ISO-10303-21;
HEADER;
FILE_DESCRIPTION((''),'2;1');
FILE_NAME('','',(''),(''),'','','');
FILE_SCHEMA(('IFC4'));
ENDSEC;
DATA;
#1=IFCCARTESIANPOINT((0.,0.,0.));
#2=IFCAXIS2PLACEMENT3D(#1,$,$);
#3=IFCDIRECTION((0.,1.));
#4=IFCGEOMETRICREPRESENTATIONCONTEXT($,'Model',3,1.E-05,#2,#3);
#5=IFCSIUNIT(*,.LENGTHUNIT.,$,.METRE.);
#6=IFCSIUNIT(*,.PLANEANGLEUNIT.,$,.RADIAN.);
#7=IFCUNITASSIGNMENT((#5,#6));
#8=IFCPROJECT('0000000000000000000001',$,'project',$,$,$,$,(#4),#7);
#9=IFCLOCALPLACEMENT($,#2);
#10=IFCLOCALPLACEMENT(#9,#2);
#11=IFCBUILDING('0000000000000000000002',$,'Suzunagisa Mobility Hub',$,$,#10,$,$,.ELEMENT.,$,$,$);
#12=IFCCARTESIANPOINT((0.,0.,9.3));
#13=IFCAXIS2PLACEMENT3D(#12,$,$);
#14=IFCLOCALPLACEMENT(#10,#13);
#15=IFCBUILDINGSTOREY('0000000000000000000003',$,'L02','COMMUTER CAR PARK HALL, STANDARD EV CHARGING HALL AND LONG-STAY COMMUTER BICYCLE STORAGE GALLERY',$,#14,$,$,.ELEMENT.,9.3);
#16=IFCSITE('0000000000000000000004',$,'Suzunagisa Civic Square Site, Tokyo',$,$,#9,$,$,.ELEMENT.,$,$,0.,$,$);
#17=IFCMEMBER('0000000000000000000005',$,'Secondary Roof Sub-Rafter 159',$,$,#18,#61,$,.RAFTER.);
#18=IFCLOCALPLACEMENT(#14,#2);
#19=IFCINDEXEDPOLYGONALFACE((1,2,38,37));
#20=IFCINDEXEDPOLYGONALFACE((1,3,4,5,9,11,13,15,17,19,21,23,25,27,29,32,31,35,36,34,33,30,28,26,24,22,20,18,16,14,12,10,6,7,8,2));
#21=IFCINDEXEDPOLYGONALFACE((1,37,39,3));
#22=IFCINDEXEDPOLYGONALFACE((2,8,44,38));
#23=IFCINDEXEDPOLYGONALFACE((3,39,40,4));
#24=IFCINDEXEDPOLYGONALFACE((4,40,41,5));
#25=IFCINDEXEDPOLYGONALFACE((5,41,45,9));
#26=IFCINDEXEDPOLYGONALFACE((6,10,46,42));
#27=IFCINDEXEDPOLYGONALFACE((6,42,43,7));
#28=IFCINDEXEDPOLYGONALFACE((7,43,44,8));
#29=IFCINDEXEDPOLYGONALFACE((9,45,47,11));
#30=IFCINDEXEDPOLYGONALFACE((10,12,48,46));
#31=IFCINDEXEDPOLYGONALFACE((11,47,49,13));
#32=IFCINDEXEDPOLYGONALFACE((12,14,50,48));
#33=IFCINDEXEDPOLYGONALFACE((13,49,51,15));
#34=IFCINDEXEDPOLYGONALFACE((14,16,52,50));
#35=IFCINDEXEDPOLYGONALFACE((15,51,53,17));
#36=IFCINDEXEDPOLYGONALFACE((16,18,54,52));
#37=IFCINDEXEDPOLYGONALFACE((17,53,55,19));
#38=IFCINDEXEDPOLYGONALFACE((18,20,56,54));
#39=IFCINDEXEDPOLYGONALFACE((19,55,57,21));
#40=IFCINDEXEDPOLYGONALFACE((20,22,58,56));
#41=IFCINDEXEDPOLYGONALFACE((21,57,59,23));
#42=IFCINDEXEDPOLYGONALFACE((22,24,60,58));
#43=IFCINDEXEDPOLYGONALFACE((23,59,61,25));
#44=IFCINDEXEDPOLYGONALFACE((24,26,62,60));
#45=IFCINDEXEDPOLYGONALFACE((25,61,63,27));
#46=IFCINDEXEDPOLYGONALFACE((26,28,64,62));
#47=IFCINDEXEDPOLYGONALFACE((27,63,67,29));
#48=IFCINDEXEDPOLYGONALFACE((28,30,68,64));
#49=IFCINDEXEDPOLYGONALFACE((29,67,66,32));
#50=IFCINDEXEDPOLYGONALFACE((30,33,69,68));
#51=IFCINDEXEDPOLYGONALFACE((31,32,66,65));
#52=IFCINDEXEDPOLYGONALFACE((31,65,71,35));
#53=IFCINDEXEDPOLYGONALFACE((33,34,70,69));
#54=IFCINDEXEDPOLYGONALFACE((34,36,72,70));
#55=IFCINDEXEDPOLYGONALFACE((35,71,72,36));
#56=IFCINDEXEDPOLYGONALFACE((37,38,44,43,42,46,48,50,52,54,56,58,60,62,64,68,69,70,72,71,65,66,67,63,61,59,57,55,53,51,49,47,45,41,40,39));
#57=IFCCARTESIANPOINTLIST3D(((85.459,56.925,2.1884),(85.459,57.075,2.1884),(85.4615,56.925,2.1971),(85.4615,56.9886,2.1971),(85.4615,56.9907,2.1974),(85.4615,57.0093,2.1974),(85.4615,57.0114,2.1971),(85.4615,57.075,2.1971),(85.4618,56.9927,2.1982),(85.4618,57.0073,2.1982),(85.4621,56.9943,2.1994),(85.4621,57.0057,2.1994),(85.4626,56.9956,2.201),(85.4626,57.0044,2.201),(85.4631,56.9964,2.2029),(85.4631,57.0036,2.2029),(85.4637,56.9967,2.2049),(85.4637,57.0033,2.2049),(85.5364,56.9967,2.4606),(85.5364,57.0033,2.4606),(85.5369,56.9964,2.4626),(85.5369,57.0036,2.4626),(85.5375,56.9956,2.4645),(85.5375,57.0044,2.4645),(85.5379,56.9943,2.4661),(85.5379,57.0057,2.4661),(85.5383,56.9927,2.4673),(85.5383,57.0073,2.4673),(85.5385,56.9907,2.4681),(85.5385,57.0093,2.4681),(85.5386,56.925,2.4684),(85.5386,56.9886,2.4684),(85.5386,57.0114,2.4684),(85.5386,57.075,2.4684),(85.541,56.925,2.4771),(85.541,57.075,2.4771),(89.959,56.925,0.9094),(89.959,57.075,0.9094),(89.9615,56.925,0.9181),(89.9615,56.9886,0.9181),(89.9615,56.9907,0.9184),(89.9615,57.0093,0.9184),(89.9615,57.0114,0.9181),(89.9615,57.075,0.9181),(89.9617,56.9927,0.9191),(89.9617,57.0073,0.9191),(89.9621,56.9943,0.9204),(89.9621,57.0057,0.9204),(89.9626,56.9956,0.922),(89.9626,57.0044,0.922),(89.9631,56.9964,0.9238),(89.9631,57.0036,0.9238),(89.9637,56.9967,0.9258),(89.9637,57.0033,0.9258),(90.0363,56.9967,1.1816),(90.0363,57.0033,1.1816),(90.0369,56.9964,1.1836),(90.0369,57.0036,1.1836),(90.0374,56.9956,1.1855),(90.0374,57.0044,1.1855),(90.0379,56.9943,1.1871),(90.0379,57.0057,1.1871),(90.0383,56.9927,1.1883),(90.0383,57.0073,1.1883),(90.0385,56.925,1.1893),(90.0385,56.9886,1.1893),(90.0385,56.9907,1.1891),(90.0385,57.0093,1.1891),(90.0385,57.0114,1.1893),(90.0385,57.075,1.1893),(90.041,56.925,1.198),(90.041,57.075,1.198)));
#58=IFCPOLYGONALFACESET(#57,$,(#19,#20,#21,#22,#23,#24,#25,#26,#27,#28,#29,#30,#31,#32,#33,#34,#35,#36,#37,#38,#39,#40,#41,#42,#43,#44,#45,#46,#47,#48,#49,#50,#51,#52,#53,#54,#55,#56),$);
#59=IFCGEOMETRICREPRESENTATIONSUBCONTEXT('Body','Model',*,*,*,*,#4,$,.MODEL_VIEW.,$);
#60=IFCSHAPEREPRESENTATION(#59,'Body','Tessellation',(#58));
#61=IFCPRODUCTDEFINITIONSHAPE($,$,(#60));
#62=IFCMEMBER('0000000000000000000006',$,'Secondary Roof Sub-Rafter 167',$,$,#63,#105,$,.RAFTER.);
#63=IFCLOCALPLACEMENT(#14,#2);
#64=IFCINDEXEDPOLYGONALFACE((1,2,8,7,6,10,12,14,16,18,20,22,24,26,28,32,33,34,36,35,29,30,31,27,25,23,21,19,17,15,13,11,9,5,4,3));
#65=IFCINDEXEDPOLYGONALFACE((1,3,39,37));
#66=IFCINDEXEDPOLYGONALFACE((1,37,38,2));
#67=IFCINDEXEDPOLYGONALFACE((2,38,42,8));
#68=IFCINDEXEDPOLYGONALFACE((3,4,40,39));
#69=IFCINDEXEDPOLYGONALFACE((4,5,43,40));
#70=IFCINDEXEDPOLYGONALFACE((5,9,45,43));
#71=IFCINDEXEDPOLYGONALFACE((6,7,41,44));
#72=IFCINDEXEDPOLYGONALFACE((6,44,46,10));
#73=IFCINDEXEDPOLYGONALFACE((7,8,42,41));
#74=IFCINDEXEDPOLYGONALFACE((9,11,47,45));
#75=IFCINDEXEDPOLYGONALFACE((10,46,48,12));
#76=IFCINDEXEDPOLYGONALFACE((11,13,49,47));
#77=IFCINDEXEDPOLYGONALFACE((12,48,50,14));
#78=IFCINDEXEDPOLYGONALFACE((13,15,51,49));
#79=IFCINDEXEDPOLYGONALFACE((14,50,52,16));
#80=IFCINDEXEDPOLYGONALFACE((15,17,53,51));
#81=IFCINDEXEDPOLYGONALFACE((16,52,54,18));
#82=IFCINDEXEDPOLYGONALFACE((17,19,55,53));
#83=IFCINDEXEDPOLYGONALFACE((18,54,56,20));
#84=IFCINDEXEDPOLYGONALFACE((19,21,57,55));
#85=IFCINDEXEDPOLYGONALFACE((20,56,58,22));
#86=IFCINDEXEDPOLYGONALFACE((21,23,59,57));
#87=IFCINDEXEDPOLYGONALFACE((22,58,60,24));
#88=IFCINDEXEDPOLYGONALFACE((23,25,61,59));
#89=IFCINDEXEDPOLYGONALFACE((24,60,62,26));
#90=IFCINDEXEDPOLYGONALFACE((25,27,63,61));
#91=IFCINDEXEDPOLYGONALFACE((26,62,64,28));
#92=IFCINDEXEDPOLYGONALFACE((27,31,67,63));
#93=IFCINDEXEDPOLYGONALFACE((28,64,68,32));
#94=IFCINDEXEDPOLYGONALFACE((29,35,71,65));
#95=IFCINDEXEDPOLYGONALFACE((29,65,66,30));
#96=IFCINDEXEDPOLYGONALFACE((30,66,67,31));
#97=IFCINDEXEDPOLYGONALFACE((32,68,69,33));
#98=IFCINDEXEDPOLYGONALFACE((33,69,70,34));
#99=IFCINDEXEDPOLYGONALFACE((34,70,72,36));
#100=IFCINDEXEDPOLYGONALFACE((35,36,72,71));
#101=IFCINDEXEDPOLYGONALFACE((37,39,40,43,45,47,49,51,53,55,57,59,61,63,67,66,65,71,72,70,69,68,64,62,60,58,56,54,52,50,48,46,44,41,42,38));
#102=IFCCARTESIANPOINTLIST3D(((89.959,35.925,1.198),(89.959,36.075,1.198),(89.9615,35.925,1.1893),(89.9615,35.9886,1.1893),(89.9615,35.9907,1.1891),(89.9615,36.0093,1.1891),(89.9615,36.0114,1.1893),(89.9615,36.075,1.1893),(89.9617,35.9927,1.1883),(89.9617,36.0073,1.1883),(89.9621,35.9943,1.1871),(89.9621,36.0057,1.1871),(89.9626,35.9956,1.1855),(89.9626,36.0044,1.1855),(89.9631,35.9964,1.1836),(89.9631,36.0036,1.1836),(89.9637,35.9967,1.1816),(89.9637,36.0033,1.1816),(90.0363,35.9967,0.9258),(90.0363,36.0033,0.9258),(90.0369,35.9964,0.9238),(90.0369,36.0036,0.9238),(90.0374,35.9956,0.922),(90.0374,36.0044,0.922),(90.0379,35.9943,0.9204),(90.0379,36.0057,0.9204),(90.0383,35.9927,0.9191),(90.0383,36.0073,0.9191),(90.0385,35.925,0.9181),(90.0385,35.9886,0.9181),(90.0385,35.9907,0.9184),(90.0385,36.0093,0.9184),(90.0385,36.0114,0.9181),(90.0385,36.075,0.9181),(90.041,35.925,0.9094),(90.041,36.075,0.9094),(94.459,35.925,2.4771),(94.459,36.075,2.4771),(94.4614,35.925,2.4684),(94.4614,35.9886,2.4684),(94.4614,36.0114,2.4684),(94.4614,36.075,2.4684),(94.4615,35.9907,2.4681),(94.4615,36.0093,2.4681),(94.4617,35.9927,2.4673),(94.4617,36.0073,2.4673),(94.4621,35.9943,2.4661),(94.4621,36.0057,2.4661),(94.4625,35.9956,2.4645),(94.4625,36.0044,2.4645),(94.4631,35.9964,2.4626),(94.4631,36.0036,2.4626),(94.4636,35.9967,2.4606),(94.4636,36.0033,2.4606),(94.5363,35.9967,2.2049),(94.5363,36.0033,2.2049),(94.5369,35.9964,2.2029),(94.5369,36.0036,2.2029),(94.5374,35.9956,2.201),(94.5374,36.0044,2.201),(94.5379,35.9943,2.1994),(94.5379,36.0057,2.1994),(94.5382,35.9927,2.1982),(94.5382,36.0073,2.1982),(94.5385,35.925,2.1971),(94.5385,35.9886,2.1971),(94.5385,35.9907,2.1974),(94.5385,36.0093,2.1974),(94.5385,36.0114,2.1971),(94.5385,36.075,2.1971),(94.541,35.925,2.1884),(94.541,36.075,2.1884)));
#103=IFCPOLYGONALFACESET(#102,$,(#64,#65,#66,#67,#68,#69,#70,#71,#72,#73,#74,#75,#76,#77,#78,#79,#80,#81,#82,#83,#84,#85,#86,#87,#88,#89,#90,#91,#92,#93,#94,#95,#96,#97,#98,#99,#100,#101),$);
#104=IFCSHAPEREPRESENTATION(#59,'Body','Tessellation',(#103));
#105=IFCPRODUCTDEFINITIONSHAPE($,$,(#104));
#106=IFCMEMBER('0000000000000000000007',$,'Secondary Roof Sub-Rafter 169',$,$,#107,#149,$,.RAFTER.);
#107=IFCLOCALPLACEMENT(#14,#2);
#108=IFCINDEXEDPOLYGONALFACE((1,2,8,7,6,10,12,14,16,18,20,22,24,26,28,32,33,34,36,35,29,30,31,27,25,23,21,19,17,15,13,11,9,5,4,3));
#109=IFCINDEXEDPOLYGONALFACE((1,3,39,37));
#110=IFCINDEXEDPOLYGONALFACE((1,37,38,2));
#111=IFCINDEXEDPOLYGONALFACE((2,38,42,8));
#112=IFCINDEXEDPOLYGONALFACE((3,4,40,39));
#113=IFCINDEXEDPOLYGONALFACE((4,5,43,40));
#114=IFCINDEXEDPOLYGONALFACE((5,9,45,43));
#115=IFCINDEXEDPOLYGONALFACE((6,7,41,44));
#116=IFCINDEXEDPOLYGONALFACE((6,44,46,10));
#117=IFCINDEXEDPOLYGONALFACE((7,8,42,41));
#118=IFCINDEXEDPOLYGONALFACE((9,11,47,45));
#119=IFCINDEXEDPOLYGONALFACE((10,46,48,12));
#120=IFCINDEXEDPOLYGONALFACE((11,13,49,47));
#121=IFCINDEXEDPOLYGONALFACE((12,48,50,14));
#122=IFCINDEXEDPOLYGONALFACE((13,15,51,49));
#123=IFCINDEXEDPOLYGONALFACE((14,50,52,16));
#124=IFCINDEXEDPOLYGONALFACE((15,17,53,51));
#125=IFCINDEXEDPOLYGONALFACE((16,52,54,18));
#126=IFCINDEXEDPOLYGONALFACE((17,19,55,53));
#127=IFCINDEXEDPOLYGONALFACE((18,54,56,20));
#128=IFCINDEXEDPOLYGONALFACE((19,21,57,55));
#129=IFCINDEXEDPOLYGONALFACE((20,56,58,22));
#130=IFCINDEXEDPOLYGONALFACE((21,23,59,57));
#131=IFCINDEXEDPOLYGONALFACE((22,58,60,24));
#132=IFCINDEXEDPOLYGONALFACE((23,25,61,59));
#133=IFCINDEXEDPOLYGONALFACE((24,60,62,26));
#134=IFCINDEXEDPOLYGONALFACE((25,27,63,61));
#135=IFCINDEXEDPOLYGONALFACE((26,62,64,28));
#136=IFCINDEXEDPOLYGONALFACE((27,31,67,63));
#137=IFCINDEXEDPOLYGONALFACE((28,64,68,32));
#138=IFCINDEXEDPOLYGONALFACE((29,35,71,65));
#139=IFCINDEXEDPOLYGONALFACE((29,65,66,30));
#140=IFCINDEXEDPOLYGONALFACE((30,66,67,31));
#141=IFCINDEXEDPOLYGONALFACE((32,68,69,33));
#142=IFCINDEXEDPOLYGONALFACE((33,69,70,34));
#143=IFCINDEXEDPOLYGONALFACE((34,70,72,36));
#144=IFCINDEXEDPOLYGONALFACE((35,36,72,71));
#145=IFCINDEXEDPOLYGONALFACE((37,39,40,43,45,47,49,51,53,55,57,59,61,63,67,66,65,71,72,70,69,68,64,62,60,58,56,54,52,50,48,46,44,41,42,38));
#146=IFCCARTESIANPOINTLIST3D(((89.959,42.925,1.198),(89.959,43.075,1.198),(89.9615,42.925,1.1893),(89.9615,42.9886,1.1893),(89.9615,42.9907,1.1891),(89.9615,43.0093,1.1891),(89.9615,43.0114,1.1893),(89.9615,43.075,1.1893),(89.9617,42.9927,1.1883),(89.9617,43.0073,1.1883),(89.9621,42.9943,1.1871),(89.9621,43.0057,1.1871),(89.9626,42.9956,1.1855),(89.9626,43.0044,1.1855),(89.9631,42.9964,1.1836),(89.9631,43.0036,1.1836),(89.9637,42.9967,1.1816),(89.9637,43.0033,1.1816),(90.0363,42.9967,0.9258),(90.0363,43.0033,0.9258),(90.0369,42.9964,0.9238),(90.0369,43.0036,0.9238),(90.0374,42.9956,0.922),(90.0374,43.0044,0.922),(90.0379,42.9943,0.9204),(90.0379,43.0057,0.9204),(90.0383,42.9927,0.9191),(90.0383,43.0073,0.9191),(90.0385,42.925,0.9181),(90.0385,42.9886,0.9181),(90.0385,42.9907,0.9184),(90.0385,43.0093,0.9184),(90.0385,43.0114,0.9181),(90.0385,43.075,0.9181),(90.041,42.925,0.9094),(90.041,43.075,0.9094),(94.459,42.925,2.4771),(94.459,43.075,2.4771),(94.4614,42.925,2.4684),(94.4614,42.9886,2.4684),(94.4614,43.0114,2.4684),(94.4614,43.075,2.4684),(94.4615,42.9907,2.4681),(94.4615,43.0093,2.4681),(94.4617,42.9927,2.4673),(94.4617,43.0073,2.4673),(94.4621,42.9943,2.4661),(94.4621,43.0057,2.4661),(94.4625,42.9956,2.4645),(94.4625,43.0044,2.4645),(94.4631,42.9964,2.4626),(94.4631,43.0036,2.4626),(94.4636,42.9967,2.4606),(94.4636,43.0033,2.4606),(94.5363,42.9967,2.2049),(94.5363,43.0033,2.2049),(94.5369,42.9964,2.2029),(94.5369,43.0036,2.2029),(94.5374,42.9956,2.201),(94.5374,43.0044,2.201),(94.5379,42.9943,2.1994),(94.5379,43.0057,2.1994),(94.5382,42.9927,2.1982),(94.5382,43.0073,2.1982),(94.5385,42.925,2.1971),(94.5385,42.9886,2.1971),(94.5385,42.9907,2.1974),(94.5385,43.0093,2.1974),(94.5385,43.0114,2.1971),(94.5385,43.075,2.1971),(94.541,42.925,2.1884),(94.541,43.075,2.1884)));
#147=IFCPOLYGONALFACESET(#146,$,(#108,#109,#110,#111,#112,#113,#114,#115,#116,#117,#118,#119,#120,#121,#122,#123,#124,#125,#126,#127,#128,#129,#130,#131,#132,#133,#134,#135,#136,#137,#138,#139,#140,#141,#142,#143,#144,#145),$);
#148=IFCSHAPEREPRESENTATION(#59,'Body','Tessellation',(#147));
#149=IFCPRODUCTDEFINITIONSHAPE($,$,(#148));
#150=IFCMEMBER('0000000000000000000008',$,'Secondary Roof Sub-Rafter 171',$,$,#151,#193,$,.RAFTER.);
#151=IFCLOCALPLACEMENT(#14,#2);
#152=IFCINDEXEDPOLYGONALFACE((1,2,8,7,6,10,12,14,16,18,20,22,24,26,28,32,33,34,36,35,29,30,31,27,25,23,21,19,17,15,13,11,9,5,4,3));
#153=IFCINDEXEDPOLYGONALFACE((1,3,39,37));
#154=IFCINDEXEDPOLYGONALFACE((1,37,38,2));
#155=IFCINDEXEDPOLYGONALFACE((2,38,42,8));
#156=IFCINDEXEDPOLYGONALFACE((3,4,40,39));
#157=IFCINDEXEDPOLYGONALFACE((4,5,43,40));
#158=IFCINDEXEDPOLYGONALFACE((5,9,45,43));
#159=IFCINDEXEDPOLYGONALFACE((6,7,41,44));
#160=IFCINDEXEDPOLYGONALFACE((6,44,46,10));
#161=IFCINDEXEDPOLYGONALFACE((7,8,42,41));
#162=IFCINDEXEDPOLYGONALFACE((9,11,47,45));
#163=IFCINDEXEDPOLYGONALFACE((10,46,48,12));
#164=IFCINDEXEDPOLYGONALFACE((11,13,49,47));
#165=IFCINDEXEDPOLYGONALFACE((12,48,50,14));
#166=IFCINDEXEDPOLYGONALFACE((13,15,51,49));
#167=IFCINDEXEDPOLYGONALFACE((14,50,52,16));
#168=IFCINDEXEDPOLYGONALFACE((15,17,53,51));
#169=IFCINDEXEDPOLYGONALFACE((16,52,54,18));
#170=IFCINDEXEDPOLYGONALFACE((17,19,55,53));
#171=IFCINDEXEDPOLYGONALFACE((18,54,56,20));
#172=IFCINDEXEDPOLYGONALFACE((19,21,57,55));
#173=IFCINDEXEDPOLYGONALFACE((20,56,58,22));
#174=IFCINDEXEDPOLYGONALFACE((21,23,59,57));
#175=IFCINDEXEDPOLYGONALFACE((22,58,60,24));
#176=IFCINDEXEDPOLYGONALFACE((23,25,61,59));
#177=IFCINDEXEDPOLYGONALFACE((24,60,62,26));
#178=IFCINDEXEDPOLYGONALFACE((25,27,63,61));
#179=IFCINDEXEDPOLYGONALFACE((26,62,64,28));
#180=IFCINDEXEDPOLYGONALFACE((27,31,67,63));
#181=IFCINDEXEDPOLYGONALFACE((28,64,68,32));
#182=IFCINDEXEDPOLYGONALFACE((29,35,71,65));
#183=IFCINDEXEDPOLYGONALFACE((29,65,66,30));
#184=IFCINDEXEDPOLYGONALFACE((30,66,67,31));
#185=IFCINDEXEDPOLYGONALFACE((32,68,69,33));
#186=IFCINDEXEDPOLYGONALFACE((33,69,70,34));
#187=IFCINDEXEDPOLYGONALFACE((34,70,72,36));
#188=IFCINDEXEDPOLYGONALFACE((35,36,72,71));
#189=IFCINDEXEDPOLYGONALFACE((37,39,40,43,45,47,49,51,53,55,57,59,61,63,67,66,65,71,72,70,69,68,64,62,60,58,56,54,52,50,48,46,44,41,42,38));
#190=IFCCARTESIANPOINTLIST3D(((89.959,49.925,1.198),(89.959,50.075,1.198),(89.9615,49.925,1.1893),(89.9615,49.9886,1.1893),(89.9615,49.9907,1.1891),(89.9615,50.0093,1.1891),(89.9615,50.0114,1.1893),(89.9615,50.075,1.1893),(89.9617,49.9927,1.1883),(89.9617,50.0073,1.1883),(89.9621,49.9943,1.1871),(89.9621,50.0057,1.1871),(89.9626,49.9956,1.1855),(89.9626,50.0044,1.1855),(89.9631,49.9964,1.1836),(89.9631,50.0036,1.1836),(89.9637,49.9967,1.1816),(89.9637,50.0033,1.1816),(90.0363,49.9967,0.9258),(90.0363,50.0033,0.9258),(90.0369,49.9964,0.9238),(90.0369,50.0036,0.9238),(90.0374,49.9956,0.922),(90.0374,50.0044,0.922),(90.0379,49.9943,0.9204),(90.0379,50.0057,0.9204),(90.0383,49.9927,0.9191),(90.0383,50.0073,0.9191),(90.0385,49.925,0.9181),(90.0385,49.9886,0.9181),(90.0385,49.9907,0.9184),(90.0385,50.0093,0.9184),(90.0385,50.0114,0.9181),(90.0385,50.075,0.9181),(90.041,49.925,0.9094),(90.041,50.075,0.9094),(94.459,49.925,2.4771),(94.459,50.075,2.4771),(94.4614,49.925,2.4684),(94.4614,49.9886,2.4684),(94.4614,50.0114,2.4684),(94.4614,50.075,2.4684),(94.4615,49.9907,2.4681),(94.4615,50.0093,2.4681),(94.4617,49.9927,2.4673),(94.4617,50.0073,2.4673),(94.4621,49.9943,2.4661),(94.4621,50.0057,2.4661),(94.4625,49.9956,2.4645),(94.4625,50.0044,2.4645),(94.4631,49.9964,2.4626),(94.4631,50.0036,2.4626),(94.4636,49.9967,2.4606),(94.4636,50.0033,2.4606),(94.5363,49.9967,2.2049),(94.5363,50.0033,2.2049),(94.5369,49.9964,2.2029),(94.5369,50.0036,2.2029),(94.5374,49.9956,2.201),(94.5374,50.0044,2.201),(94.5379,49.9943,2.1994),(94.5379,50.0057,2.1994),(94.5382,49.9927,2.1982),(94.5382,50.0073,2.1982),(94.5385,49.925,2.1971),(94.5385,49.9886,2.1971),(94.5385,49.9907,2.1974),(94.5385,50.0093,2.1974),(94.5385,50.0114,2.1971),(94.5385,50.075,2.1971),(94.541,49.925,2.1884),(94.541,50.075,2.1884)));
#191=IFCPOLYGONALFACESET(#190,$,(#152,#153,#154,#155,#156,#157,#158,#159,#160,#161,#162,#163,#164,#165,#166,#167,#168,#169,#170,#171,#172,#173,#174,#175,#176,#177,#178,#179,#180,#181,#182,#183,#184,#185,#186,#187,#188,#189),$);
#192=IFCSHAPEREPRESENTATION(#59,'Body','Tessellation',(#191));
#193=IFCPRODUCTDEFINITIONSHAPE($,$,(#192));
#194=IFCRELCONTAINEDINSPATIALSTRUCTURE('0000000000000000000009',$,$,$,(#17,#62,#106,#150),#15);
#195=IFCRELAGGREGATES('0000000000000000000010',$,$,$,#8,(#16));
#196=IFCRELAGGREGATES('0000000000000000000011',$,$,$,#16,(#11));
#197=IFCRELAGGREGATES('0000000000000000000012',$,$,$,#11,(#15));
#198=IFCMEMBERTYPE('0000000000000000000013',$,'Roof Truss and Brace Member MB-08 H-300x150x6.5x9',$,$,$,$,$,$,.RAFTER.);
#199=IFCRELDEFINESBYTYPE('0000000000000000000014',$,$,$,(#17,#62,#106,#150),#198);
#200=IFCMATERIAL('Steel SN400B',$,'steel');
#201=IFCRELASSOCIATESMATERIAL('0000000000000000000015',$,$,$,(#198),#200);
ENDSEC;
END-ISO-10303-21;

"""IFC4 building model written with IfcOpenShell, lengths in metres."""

from ifc_helpers import new_model, si_unit, direction, frame, origin, origin_2d, place, context, subcontext, project, spatial, i_section, extrude, material, material_profile, profile_set, type_object, element, save


model = new_model("IFC4")

# Units and contexts
model_context = context("Model", 3, precision=1e-05, world=origin(), true_north=direction((0.0, 1.0)))
body_context = subcontext(model_context, "Body", "Model", "MODEL_VIEW")
ifc_project = project(units=[si_unit("LENGTHUNIT", "METRE"), si_unit("PLANEANGLEUNIT", "RADIAN")], contexts=[model_context])

# Site, building, storey
site_placement = place(None, origin())
site = spatial("IfcSite", under=ifc_project, at=site_placement, Name="Suzunagisa Civic Square Site, Tokyo", CompositionType="ELEMENT", RefElevation=0.0)
building_placement = place(site_placement, origin())
building = spatial("IfcBuilding", under=site, at=building_placement, Name="Suzunagisa Mobility Hub", CompositionType="ELEMENT")
storey_placement = place(building_placement, frame((0.0, 0.0, 9.3)))
storey = spatial("IfcBuildingStorey", under=building, at=storey_placement, Name="L02", Description="COMMUTER CAR PARK HALL, STANDARD EV CHARGING HALL AND LONG-STAY COMMUTER BICYCLE STORAGE GALLERY", CompositionType="ELEMENT", Elevation=9.3)

# Members
ifc_material_1 = material(Name="Steel SN400B", Category="steel")
ifc_material_profile_1 = material_profile(ifc_material_1, i_section(OverallWidth=0.1499, OverallDepth=0.3, WebThickness=0.0066, FlangeThickness=0.009, FilletRadius=0.0081, at=origin_2d()), Name="H-300x150x6.5x9")
ifc_profile_set_1 = profile_set([ifc_material_profile_1], Name="Steel SN400B")
member_type_1 = type_object("IfcMemberType", Name="Roof Truss and Brace Member MB-08 H-300x150x6.5x9", PredefinedType="RAFTER", material=ifc_profile_set_1)
for number, where, z_axis, x_axis, name in (
    (1, (90.0, 57.0, 1.0537), (-0.961899, 0.0, 0.273404), (0.0, -1.0, 0.0), "Secondary Roof Sub-Rafter 159"),
    (2, (90.0, 36.0, 1.0537), (0.961899, 0.0, 0.273404), (0.0, 1.0, 0.0), "Secondary Roof Sub-Rafter 167"),
    (3, (90.0, 43.0, 1.0537), (0.961899, 0.0, 0.273404), (0.0, 1.0, 0.0), "Secondary Roof Sub-Rafter 169"),
    (4, (90.0, 50.0, 1.0537), (0.961899, 0.0, 0.273404), (0.0, 1.0, 0.0), "Secondary Roof Sub-Rafter 171"),
):
    element("IfcMember", number, at=place(storey_placement, frame(where, z_axis=z_axis, x_axis=x_axis)), inside=storey, type_object=member_type_1, Name=name, PredefinedType="RAFTER", context=body_context, shape_type="SweptSolid", body=[
        extrude(i_section(OverallWidth=0.1499, OverallDepth=0.3, WebThickness=0.0066, FlangeThickness=0.009, FilletRadius=0.0081, at=origin_2d()), origin(), (0.0, 0.0, 1.0), 4.6782),
    ])

save(model, "model.ifc")
